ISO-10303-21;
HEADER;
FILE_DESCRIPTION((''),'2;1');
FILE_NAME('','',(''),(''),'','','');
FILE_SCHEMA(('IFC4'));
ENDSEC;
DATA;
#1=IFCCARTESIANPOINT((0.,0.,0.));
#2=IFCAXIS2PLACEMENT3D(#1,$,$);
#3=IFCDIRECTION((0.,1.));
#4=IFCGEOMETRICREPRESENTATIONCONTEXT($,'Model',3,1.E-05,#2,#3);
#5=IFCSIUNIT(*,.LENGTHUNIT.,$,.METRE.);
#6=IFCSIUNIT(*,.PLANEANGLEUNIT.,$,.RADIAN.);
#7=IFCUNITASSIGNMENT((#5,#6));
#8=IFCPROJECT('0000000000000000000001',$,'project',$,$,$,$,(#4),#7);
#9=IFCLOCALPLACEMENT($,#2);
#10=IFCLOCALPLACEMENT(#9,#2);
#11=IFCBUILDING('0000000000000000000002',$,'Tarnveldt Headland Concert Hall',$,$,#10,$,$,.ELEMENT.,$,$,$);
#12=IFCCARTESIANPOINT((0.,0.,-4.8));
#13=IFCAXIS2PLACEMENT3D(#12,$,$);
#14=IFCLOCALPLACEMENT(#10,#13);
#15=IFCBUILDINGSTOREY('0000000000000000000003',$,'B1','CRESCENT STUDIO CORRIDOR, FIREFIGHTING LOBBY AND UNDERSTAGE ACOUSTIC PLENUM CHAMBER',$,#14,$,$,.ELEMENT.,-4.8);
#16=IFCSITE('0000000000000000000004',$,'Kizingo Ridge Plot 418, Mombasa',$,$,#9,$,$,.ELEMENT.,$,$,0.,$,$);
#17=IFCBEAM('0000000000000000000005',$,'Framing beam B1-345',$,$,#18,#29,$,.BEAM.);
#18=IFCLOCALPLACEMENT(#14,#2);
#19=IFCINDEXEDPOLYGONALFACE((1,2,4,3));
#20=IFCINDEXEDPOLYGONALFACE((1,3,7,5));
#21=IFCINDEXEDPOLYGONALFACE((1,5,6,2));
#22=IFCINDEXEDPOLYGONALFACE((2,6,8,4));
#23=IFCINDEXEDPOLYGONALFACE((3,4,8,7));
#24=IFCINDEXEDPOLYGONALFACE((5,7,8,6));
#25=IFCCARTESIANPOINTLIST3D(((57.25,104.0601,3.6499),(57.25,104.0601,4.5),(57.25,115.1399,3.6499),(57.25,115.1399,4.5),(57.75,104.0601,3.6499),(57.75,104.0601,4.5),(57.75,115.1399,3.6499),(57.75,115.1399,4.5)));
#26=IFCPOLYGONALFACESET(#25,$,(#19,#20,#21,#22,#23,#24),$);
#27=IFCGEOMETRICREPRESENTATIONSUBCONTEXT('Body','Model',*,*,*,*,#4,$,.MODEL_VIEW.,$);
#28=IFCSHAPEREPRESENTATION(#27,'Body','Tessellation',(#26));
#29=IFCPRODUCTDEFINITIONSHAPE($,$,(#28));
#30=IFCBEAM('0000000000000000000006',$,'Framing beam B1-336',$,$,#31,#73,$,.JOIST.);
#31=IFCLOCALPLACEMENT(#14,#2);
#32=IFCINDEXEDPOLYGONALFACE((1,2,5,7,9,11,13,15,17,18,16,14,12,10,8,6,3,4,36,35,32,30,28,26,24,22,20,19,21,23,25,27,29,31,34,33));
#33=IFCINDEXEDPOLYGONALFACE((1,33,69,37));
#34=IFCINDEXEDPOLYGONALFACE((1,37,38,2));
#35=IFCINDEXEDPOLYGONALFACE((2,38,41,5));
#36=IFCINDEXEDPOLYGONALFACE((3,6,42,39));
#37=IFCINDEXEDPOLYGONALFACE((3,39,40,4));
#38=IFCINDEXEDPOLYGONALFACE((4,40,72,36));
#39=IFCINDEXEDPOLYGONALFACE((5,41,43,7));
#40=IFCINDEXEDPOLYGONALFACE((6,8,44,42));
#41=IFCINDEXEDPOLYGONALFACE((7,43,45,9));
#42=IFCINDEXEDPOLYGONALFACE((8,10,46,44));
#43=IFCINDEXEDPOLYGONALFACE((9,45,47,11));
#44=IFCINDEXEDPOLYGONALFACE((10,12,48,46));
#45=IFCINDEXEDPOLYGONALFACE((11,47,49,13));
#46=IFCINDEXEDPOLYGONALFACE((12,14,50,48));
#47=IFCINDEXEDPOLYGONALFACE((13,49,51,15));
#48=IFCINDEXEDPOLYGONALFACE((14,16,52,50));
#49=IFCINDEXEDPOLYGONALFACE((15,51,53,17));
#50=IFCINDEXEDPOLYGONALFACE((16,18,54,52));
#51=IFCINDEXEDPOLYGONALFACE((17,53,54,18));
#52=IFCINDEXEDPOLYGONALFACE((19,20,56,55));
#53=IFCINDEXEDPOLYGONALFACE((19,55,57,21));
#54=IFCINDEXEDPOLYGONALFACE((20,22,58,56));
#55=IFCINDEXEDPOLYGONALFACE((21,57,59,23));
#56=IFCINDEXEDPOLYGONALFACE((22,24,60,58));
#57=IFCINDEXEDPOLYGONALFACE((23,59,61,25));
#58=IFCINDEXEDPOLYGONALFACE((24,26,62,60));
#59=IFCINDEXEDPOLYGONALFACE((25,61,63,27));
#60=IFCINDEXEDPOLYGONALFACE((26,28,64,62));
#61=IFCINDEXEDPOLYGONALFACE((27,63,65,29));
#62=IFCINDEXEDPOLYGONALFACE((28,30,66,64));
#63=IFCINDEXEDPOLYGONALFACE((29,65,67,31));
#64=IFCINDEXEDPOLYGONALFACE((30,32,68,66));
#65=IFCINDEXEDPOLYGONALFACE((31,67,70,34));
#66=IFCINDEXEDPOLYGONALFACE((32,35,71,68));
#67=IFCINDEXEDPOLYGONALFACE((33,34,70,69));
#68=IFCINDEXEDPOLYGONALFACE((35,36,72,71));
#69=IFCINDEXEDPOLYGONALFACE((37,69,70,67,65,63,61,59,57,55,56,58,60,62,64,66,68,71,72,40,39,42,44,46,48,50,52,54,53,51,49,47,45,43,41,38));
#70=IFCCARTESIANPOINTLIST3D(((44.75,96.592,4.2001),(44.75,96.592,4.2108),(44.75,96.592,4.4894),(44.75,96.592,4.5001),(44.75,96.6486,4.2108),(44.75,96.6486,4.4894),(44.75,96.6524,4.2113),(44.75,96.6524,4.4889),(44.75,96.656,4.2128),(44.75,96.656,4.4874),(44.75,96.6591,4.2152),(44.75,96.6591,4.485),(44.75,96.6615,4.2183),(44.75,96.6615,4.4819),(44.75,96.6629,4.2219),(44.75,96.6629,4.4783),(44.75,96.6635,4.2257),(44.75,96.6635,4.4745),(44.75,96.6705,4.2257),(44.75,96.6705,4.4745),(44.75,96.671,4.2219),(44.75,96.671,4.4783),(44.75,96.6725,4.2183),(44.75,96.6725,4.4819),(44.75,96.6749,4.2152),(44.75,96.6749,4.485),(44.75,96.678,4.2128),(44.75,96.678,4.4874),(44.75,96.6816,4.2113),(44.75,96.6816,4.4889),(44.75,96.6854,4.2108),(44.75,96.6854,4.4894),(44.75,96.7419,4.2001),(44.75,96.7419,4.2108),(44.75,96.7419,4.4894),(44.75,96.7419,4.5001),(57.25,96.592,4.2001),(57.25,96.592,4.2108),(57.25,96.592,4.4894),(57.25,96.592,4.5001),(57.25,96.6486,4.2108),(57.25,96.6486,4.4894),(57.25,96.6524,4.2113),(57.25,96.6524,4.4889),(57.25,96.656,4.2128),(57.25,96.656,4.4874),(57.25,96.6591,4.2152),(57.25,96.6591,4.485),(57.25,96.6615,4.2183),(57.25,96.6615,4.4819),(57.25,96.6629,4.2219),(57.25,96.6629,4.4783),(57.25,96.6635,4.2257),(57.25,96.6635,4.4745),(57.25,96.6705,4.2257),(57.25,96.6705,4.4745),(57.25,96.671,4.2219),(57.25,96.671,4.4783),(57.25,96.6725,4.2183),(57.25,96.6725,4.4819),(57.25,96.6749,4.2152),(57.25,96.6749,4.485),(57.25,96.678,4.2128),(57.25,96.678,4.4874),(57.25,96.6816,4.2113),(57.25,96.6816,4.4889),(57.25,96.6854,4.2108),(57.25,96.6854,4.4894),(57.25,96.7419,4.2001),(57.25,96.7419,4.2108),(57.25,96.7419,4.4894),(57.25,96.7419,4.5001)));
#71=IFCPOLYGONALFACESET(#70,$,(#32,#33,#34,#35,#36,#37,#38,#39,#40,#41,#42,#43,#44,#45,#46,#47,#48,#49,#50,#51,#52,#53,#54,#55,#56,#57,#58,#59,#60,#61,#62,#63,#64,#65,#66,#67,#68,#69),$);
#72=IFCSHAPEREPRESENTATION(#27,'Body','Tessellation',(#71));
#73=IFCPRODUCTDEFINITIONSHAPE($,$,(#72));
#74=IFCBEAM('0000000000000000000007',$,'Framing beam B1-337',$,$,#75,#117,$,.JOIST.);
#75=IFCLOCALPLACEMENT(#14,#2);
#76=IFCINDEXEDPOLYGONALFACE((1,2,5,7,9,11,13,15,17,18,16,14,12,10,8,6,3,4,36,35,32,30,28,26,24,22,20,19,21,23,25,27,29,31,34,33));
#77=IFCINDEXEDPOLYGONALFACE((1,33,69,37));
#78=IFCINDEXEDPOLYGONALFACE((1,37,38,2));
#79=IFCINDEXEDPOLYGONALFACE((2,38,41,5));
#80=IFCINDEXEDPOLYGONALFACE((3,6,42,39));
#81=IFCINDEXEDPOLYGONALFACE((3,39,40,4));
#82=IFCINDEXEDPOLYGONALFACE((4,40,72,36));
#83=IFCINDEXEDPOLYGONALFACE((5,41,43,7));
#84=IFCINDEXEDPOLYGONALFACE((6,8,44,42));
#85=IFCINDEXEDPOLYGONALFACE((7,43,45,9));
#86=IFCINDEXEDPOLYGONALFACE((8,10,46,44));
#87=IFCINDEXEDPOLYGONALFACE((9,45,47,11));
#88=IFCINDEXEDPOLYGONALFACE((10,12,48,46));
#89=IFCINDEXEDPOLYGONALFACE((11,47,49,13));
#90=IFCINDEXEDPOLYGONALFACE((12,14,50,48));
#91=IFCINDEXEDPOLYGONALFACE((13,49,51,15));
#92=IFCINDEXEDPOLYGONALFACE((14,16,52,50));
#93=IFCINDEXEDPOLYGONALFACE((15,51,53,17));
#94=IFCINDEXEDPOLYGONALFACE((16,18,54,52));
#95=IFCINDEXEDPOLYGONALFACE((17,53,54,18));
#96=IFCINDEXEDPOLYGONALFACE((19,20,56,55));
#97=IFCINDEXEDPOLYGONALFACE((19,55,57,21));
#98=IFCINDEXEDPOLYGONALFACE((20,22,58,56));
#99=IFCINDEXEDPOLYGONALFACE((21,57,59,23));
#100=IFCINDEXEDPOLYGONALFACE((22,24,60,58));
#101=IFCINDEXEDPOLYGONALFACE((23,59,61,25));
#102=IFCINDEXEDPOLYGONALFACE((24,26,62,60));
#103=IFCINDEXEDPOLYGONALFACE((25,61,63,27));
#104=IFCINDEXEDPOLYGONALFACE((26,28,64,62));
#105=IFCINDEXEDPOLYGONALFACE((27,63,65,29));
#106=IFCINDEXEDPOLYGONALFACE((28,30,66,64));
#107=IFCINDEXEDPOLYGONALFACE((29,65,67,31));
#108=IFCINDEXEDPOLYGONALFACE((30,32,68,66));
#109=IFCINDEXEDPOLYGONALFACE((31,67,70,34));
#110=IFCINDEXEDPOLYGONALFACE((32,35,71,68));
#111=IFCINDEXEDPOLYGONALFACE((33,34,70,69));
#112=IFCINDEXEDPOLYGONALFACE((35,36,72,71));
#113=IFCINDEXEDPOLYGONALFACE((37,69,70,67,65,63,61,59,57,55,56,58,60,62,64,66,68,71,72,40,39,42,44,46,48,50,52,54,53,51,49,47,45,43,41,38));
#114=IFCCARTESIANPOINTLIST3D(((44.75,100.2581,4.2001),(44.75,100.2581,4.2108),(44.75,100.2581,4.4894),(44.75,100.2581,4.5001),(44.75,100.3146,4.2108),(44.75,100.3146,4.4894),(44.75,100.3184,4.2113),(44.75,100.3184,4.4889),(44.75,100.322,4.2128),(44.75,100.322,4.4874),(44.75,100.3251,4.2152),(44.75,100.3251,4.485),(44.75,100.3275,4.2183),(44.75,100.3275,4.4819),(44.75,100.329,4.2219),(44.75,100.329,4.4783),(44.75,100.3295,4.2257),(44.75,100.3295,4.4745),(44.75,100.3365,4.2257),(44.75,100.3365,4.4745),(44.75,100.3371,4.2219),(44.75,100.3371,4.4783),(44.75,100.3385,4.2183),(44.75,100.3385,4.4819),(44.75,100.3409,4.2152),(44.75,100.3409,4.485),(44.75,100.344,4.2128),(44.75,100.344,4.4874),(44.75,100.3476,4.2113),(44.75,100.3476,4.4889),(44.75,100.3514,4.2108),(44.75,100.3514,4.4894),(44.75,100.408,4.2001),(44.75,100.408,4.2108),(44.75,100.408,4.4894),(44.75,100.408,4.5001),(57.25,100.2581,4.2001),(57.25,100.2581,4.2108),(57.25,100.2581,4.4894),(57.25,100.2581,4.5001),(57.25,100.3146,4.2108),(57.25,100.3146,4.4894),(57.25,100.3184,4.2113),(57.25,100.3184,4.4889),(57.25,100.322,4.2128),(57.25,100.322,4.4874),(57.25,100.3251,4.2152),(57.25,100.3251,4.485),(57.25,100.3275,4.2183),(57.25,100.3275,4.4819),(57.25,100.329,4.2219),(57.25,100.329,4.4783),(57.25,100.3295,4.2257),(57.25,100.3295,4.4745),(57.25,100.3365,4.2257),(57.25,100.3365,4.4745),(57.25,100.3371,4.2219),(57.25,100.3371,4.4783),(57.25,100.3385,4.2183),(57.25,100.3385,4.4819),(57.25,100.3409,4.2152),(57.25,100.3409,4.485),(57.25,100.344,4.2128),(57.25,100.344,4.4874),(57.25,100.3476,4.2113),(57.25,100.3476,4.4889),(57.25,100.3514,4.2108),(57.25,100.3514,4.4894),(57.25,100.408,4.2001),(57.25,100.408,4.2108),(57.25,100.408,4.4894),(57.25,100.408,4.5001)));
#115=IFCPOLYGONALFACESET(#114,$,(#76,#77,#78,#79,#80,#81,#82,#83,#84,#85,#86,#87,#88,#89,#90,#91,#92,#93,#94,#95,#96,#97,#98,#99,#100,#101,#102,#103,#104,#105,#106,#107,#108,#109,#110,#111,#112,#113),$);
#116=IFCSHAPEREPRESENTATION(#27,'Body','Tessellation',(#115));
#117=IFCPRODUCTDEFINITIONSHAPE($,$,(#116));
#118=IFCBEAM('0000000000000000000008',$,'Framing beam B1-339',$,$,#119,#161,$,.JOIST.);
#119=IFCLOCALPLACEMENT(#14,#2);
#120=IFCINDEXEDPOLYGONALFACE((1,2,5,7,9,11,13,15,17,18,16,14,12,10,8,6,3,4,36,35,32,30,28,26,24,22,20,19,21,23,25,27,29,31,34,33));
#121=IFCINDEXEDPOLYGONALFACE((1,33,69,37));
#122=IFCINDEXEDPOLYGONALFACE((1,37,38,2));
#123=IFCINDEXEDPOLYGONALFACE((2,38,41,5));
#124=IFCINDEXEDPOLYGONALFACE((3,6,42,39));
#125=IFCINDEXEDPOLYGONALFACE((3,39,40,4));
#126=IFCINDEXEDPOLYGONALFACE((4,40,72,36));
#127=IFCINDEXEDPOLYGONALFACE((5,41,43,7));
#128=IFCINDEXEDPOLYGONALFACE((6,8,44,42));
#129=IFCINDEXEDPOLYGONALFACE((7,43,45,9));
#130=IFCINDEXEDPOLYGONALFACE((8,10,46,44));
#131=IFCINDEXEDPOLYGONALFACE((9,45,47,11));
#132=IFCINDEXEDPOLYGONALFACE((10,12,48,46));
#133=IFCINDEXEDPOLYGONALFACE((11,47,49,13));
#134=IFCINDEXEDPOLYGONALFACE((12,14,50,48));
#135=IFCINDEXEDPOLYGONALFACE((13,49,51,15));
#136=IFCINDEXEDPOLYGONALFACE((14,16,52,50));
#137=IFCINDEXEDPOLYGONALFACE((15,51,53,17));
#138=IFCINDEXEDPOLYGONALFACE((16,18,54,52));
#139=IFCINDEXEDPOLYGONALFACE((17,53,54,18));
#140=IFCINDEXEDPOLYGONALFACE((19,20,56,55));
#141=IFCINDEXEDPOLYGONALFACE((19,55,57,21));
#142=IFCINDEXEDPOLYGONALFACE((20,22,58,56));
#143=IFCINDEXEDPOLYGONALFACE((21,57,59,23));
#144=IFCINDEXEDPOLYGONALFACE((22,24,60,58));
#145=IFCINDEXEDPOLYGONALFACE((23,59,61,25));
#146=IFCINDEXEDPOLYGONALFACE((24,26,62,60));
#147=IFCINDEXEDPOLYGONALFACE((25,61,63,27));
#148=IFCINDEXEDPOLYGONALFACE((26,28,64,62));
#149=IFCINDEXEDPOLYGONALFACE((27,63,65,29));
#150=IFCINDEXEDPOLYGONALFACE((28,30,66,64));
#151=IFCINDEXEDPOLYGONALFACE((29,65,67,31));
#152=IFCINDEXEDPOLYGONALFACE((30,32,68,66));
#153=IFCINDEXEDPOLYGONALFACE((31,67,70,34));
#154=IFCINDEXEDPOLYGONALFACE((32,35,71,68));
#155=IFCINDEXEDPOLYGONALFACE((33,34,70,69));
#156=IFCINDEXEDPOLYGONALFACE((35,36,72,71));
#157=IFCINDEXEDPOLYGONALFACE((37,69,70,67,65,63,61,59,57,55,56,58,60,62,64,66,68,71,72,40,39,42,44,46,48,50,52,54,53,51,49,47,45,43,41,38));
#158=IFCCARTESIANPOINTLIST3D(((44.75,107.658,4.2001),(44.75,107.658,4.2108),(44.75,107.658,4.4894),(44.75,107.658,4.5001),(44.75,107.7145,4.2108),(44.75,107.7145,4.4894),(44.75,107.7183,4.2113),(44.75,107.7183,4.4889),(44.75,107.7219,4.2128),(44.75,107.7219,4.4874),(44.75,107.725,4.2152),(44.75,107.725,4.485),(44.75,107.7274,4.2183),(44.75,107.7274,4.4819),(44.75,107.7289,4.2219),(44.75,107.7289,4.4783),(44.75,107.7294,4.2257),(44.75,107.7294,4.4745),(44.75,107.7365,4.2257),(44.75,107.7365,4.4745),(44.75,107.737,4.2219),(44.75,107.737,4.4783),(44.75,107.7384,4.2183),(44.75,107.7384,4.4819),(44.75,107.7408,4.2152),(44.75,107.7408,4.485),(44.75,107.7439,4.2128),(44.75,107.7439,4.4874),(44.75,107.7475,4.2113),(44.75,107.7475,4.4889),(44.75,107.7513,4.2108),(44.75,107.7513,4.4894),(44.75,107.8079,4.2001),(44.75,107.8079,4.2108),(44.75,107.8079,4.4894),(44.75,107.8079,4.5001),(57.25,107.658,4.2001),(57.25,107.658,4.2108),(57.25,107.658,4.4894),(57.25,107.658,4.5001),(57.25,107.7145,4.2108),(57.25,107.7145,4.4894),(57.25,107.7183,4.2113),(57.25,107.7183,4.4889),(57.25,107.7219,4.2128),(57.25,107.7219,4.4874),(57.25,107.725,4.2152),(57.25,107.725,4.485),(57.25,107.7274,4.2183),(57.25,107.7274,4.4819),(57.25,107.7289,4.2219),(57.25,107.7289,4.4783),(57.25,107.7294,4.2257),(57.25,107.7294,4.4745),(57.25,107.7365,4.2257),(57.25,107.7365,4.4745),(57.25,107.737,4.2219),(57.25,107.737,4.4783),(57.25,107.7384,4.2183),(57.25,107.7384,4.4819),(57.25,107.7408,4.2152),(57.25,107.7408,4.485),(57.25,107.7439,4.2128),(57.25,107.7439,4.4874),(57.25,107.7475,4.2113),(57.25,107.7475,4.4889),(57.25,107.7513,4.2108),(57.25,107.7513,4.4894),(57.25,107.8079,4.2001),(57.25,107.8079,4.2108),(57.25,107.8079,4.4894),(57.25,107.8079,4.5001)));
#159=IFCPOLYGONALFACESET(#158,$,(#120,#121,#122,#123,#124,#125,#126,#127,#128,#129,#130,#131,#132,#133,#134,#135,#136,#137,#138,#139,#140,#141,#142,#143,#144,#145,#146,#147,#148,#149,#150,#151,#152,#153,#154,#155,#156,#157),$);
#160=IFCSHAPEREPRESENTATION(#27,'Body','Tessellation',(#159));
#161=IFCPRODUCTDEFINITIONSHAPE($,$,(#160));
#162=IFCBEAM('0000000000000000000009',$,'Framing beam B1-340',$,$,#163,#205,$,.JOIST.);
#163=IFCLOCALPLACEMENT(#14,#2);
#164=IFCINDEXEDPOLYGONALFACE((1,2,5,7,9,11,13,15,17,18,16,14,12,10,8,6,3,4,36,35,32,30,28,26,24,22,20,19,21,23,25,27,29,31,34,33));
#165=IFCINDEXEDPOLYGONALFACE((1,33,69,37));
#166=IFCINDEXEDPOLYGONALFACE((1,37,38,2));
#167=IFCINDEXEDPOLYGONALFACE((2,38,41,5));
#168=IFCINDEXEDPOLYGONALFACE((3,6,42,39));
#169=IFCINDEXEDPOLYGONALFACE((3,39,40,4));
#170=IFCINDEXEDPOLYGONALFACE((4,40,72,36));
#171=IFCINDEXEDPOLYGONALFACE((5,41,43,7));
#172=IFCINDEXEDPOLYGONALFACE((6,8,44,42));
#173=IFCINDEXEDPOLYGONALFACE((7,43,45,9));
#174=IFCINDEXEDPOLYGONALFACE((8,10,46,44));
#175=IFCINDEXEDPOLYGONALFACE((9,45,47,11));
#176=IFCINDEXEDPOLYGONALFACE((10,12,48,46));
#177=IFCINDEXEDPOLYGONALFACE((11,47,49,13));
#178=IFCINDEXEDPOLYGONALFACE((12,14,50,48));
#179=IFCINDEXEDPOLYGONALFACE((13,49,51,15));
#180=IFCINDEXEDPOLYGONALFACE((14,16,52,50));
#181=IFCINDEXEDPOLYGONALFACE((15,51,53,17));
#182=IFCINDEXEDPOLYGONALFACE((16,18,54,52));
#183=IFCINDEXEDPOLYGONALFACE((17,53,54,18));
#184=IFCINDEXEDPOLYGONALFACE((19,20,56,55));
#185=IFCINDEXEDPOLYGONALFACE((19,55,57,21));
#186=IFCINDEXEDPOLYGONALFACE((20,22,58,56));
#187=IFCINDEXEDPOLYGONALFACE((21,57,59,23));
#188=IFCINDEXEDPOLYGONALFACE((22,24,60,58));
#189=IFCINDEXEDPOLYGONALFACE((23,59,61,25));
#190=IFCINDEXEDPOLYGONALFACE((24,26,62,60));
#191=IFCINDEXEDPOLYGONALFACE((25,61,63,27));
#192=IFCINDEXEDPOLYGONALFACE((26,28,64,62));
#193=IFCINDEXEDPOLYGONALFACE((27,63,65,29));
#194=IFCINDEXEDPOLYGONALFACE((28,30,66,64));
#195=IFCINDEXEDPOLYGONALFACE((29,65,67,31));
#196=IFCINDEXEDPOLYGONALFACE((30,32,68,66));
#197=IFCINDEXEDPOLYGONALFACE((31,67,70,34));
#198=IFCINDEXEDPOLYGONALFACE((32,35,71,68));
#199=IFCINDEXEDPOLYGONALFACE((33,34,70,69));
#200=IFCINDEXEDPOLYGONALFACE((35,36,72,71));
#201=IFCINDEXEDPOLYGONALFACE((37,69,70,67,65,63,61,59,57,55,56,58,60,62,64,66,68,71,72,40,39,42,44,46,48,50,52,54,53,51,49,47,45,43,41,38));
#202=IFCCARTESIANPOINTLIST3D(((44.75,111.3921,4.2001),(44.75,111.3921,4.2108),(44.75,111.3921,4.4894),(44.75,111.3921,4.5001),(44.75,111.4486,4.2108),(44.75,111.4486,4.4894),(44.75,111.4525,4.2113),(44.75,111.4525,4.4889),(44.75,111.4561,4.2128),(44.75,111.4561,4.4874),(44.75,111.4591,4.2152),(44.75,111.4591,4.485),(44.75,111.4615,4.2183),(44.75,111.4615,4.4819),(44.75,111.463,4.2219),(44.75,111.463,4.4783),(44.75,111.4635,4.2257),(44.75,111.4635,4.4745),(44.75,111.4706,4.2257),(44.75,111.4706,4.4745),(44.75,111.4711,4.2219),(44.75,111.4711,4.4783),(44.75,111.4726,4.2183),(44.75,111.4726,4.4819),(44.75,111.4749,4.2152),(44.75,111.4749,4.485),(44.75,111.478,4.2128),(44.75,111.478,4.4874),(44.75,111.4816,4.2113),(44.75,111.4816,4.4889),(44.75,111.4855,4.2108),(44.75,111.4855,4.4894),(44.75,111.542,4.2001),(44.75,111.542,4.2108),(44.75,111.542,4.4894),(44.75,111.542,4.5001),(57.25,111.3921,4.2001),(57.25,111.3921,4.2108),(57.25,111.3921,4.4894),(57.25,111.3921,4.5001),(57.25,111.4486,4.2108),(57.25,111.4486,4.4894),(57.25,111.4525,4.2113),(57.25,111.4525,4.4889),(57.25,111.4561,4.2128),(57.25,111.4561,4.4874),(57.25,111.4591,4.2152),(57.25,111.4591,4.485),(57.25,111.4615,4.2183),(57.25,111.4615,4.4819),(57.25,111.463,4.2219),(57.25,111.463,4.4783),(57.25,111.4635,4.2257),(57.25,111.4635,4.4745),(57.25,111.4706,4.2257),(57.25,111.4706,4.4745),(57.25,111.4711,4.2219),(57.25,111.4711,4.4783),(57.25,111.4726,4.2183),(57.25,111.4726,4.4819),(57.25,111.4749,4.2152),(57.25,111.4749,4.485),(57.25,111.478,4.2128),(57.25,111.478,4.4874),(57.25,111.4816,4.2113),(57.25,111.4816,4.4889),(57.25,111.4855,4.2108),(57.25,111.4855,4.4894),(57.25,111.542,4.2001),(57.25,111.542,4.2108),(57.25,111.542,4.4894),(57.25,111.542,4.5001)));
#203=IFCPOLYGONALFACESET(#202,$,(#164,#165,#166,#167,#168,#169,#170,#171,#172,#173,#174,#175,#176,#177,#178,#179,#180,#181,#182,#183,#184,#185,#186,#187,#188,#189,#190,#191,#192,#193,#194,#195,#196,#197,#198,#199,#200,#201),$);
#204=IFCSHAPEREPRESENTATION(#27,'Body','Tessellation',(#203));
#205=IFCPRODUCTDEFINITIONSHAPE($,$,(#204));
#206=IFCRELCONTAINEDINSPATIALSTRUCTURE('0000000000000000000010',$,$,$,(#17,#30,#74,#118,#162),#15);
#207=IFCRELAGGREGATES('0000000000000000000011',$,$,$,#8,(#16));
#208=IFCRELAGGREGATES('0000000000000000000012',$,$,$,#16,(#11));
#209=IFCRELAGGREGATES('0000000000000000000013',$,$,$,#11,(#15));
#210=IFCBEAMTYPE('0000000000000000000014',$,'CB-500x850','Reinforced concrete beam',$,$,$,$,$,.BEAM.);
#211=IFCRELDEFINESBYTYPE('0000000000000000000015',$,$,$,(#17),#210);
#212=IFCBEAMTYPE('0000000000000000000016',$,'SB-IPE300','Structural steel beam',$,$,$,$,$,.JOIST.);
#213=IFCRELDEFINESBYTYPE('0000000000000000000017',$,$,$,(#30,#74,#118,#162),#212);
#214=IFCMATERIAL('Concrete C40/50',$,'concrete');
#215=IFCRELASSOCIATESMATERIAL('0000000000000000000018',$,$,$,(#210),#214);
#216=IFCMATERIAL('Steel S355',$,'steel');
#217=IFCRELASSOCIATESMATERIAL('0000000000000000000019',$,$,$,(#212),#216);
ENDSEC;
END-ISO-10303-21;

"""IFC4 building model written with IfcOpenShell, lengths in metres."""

from ifc_helpers import new_model, si_unit, direction, frame, origin, origin_2d, place, context, subcontext, project, spatial, rectangle, i_section, extrude, material, material_profile, profile_set, type_object, element, save


model = new_model("IFC4")

# Units and contexts
model_context = context("Model", 3, precision=1e-05, world=origin(), true_north=direction((0.0, 1.0)))
body_context = subcontext(model_context, "Body", "Model", "MODEL_VIEW")
ifc_project = project(units=[si_unit("LENGTHUNIT", "METRE"), si_unit("PLANEANGLEUNIT", "RADIAN")], contexts=[model_context])

# Site, building, storey
site_placement = place(None, origin())
site = spatial("IfcSite", under=ifc_project, at=site_placement, Name="Kizingo Ridge Plot 418, Mombasa", CompositionType="ELEMENT", RefElevation=0.0)
building_placement = place(site_placement, origin())
building = spatial("IfcBuilding", under=site, at=building_placement, Name="Tarnveldt Headland Concert Hall", CompositionType="ELEMENT")
storey_placement = place(building_placement, frame((0.0, 0.0, -4.8)))
storey = spatial("IfcBuildingStorey", under=building, at=storey_placement, Name="B1", Description="CRESCENT STUDIO CORRIDOR, FIREFIGHTING LOBBY AND UNDERSTAGE ACOUSTIC PLENUM CHAMBER", CompositionType="ELEMENT", Elevation=-4.8)

# Shared definitions
ifc_material_1 = material(Name="Concrete C40/50", Category="concrete")

# Beams
ifc_material_profile_1 = material_profile(ifc_material_1, rectangle(XDim=0.5, YDim=0.8501, at=origin_2d()), Name="RC 500x850", Category="concrete")
ifc_profile_set_1 = profile_set([ifc_material_profile_1], Name="Concrete C40/50")
beam_type_1 = type_object("IfcBeamType", Name="CB-500x850", Description="Reinforced concrete beam", PredefinedType="BEAM", material=ifc_profile_set_1)
beam_placement = place(storey_placement, frame((57.5, 104.0601, 4.075), z_axis=(0.0, 1.0, 0.0), x_axis=(-1.0, 0.0, 0.0)))
element("IfcBeam", 1, at=beam_placement, inside=storey, type_object=beam_type_1, Name="Framing beam B1-345", PredefinedType="BEAM", context=body_context, shape_type="SweptSolid", body=[
    extrude(rectangle(XDim=0.5, YDim=0.8501, at=origin_2d()), origin(), (0.0, 0.0, 1.0), 11.0798),
])
ifc_material_2 = material(Name="Steel S355", Category="steel")
ifc_material_profile_2 = material_profile(ifc_material_2, i_section(OverallWidth=0.1499, OverallDepth=0.3, WebThickness=0.0071, FlangeThickness=0.0107, FilletRadius=0.0149, at=origin_2d()), Name="IPE300", Category="steel")
ifc_profile_set_2 = profile_set([ifc_material_profile_2], Name="Steel S355")
beam_type_2 = type_object("IfcBeamType", Name="SB-IPE300", Description="Structural steel beam", PredefinedType="JOIST", material=ifc_profile_set_2)
for number, where, z_axis, x_axis, name in (
    (2, (44.75, 96.667, 4.3501), (1.0, 0.0, 0.0), (0.0, 1.0, 0.0), "Framing beam B1-336"),
    (3, (44.75, 100.333, 4.3501), (1.0, 0.0, 0.0), (0.0, 1.0, 0.0), "Framing beam B1-337"),
    (4, (44.75, 107.7329, 4.3501), (1.0, 0.0, 0.0), (0.0, 1.0, 0.0), "Framing beam B1-339"),
    (5, (44.75, 111.467, 4.3501), (1.0, 0.0, 0.0), (0.0, 1.0, 0.0), "Framing beam B1-340"),
):
    element("IfcBeam", number, at=place(storey_placement, frame(where, z_axis=z_axis, x_axis=x_axis)), inside=storey, type_object=beam_type_2, Name=name, PredefinedType="JOIST", context=body_context, shape_type="SweptSolid", body=[
        extrude(i_section(OverallWidth=0.1499, OverallDepth=0.3, WebThickness=0.0071, FlangeThickness=0.0107, FilletRadius=0.0149, at=origin_2d()), origin(), (0.0, 0.0, 1.0), 12.5),
    ])

save(model, "model.ifc")
